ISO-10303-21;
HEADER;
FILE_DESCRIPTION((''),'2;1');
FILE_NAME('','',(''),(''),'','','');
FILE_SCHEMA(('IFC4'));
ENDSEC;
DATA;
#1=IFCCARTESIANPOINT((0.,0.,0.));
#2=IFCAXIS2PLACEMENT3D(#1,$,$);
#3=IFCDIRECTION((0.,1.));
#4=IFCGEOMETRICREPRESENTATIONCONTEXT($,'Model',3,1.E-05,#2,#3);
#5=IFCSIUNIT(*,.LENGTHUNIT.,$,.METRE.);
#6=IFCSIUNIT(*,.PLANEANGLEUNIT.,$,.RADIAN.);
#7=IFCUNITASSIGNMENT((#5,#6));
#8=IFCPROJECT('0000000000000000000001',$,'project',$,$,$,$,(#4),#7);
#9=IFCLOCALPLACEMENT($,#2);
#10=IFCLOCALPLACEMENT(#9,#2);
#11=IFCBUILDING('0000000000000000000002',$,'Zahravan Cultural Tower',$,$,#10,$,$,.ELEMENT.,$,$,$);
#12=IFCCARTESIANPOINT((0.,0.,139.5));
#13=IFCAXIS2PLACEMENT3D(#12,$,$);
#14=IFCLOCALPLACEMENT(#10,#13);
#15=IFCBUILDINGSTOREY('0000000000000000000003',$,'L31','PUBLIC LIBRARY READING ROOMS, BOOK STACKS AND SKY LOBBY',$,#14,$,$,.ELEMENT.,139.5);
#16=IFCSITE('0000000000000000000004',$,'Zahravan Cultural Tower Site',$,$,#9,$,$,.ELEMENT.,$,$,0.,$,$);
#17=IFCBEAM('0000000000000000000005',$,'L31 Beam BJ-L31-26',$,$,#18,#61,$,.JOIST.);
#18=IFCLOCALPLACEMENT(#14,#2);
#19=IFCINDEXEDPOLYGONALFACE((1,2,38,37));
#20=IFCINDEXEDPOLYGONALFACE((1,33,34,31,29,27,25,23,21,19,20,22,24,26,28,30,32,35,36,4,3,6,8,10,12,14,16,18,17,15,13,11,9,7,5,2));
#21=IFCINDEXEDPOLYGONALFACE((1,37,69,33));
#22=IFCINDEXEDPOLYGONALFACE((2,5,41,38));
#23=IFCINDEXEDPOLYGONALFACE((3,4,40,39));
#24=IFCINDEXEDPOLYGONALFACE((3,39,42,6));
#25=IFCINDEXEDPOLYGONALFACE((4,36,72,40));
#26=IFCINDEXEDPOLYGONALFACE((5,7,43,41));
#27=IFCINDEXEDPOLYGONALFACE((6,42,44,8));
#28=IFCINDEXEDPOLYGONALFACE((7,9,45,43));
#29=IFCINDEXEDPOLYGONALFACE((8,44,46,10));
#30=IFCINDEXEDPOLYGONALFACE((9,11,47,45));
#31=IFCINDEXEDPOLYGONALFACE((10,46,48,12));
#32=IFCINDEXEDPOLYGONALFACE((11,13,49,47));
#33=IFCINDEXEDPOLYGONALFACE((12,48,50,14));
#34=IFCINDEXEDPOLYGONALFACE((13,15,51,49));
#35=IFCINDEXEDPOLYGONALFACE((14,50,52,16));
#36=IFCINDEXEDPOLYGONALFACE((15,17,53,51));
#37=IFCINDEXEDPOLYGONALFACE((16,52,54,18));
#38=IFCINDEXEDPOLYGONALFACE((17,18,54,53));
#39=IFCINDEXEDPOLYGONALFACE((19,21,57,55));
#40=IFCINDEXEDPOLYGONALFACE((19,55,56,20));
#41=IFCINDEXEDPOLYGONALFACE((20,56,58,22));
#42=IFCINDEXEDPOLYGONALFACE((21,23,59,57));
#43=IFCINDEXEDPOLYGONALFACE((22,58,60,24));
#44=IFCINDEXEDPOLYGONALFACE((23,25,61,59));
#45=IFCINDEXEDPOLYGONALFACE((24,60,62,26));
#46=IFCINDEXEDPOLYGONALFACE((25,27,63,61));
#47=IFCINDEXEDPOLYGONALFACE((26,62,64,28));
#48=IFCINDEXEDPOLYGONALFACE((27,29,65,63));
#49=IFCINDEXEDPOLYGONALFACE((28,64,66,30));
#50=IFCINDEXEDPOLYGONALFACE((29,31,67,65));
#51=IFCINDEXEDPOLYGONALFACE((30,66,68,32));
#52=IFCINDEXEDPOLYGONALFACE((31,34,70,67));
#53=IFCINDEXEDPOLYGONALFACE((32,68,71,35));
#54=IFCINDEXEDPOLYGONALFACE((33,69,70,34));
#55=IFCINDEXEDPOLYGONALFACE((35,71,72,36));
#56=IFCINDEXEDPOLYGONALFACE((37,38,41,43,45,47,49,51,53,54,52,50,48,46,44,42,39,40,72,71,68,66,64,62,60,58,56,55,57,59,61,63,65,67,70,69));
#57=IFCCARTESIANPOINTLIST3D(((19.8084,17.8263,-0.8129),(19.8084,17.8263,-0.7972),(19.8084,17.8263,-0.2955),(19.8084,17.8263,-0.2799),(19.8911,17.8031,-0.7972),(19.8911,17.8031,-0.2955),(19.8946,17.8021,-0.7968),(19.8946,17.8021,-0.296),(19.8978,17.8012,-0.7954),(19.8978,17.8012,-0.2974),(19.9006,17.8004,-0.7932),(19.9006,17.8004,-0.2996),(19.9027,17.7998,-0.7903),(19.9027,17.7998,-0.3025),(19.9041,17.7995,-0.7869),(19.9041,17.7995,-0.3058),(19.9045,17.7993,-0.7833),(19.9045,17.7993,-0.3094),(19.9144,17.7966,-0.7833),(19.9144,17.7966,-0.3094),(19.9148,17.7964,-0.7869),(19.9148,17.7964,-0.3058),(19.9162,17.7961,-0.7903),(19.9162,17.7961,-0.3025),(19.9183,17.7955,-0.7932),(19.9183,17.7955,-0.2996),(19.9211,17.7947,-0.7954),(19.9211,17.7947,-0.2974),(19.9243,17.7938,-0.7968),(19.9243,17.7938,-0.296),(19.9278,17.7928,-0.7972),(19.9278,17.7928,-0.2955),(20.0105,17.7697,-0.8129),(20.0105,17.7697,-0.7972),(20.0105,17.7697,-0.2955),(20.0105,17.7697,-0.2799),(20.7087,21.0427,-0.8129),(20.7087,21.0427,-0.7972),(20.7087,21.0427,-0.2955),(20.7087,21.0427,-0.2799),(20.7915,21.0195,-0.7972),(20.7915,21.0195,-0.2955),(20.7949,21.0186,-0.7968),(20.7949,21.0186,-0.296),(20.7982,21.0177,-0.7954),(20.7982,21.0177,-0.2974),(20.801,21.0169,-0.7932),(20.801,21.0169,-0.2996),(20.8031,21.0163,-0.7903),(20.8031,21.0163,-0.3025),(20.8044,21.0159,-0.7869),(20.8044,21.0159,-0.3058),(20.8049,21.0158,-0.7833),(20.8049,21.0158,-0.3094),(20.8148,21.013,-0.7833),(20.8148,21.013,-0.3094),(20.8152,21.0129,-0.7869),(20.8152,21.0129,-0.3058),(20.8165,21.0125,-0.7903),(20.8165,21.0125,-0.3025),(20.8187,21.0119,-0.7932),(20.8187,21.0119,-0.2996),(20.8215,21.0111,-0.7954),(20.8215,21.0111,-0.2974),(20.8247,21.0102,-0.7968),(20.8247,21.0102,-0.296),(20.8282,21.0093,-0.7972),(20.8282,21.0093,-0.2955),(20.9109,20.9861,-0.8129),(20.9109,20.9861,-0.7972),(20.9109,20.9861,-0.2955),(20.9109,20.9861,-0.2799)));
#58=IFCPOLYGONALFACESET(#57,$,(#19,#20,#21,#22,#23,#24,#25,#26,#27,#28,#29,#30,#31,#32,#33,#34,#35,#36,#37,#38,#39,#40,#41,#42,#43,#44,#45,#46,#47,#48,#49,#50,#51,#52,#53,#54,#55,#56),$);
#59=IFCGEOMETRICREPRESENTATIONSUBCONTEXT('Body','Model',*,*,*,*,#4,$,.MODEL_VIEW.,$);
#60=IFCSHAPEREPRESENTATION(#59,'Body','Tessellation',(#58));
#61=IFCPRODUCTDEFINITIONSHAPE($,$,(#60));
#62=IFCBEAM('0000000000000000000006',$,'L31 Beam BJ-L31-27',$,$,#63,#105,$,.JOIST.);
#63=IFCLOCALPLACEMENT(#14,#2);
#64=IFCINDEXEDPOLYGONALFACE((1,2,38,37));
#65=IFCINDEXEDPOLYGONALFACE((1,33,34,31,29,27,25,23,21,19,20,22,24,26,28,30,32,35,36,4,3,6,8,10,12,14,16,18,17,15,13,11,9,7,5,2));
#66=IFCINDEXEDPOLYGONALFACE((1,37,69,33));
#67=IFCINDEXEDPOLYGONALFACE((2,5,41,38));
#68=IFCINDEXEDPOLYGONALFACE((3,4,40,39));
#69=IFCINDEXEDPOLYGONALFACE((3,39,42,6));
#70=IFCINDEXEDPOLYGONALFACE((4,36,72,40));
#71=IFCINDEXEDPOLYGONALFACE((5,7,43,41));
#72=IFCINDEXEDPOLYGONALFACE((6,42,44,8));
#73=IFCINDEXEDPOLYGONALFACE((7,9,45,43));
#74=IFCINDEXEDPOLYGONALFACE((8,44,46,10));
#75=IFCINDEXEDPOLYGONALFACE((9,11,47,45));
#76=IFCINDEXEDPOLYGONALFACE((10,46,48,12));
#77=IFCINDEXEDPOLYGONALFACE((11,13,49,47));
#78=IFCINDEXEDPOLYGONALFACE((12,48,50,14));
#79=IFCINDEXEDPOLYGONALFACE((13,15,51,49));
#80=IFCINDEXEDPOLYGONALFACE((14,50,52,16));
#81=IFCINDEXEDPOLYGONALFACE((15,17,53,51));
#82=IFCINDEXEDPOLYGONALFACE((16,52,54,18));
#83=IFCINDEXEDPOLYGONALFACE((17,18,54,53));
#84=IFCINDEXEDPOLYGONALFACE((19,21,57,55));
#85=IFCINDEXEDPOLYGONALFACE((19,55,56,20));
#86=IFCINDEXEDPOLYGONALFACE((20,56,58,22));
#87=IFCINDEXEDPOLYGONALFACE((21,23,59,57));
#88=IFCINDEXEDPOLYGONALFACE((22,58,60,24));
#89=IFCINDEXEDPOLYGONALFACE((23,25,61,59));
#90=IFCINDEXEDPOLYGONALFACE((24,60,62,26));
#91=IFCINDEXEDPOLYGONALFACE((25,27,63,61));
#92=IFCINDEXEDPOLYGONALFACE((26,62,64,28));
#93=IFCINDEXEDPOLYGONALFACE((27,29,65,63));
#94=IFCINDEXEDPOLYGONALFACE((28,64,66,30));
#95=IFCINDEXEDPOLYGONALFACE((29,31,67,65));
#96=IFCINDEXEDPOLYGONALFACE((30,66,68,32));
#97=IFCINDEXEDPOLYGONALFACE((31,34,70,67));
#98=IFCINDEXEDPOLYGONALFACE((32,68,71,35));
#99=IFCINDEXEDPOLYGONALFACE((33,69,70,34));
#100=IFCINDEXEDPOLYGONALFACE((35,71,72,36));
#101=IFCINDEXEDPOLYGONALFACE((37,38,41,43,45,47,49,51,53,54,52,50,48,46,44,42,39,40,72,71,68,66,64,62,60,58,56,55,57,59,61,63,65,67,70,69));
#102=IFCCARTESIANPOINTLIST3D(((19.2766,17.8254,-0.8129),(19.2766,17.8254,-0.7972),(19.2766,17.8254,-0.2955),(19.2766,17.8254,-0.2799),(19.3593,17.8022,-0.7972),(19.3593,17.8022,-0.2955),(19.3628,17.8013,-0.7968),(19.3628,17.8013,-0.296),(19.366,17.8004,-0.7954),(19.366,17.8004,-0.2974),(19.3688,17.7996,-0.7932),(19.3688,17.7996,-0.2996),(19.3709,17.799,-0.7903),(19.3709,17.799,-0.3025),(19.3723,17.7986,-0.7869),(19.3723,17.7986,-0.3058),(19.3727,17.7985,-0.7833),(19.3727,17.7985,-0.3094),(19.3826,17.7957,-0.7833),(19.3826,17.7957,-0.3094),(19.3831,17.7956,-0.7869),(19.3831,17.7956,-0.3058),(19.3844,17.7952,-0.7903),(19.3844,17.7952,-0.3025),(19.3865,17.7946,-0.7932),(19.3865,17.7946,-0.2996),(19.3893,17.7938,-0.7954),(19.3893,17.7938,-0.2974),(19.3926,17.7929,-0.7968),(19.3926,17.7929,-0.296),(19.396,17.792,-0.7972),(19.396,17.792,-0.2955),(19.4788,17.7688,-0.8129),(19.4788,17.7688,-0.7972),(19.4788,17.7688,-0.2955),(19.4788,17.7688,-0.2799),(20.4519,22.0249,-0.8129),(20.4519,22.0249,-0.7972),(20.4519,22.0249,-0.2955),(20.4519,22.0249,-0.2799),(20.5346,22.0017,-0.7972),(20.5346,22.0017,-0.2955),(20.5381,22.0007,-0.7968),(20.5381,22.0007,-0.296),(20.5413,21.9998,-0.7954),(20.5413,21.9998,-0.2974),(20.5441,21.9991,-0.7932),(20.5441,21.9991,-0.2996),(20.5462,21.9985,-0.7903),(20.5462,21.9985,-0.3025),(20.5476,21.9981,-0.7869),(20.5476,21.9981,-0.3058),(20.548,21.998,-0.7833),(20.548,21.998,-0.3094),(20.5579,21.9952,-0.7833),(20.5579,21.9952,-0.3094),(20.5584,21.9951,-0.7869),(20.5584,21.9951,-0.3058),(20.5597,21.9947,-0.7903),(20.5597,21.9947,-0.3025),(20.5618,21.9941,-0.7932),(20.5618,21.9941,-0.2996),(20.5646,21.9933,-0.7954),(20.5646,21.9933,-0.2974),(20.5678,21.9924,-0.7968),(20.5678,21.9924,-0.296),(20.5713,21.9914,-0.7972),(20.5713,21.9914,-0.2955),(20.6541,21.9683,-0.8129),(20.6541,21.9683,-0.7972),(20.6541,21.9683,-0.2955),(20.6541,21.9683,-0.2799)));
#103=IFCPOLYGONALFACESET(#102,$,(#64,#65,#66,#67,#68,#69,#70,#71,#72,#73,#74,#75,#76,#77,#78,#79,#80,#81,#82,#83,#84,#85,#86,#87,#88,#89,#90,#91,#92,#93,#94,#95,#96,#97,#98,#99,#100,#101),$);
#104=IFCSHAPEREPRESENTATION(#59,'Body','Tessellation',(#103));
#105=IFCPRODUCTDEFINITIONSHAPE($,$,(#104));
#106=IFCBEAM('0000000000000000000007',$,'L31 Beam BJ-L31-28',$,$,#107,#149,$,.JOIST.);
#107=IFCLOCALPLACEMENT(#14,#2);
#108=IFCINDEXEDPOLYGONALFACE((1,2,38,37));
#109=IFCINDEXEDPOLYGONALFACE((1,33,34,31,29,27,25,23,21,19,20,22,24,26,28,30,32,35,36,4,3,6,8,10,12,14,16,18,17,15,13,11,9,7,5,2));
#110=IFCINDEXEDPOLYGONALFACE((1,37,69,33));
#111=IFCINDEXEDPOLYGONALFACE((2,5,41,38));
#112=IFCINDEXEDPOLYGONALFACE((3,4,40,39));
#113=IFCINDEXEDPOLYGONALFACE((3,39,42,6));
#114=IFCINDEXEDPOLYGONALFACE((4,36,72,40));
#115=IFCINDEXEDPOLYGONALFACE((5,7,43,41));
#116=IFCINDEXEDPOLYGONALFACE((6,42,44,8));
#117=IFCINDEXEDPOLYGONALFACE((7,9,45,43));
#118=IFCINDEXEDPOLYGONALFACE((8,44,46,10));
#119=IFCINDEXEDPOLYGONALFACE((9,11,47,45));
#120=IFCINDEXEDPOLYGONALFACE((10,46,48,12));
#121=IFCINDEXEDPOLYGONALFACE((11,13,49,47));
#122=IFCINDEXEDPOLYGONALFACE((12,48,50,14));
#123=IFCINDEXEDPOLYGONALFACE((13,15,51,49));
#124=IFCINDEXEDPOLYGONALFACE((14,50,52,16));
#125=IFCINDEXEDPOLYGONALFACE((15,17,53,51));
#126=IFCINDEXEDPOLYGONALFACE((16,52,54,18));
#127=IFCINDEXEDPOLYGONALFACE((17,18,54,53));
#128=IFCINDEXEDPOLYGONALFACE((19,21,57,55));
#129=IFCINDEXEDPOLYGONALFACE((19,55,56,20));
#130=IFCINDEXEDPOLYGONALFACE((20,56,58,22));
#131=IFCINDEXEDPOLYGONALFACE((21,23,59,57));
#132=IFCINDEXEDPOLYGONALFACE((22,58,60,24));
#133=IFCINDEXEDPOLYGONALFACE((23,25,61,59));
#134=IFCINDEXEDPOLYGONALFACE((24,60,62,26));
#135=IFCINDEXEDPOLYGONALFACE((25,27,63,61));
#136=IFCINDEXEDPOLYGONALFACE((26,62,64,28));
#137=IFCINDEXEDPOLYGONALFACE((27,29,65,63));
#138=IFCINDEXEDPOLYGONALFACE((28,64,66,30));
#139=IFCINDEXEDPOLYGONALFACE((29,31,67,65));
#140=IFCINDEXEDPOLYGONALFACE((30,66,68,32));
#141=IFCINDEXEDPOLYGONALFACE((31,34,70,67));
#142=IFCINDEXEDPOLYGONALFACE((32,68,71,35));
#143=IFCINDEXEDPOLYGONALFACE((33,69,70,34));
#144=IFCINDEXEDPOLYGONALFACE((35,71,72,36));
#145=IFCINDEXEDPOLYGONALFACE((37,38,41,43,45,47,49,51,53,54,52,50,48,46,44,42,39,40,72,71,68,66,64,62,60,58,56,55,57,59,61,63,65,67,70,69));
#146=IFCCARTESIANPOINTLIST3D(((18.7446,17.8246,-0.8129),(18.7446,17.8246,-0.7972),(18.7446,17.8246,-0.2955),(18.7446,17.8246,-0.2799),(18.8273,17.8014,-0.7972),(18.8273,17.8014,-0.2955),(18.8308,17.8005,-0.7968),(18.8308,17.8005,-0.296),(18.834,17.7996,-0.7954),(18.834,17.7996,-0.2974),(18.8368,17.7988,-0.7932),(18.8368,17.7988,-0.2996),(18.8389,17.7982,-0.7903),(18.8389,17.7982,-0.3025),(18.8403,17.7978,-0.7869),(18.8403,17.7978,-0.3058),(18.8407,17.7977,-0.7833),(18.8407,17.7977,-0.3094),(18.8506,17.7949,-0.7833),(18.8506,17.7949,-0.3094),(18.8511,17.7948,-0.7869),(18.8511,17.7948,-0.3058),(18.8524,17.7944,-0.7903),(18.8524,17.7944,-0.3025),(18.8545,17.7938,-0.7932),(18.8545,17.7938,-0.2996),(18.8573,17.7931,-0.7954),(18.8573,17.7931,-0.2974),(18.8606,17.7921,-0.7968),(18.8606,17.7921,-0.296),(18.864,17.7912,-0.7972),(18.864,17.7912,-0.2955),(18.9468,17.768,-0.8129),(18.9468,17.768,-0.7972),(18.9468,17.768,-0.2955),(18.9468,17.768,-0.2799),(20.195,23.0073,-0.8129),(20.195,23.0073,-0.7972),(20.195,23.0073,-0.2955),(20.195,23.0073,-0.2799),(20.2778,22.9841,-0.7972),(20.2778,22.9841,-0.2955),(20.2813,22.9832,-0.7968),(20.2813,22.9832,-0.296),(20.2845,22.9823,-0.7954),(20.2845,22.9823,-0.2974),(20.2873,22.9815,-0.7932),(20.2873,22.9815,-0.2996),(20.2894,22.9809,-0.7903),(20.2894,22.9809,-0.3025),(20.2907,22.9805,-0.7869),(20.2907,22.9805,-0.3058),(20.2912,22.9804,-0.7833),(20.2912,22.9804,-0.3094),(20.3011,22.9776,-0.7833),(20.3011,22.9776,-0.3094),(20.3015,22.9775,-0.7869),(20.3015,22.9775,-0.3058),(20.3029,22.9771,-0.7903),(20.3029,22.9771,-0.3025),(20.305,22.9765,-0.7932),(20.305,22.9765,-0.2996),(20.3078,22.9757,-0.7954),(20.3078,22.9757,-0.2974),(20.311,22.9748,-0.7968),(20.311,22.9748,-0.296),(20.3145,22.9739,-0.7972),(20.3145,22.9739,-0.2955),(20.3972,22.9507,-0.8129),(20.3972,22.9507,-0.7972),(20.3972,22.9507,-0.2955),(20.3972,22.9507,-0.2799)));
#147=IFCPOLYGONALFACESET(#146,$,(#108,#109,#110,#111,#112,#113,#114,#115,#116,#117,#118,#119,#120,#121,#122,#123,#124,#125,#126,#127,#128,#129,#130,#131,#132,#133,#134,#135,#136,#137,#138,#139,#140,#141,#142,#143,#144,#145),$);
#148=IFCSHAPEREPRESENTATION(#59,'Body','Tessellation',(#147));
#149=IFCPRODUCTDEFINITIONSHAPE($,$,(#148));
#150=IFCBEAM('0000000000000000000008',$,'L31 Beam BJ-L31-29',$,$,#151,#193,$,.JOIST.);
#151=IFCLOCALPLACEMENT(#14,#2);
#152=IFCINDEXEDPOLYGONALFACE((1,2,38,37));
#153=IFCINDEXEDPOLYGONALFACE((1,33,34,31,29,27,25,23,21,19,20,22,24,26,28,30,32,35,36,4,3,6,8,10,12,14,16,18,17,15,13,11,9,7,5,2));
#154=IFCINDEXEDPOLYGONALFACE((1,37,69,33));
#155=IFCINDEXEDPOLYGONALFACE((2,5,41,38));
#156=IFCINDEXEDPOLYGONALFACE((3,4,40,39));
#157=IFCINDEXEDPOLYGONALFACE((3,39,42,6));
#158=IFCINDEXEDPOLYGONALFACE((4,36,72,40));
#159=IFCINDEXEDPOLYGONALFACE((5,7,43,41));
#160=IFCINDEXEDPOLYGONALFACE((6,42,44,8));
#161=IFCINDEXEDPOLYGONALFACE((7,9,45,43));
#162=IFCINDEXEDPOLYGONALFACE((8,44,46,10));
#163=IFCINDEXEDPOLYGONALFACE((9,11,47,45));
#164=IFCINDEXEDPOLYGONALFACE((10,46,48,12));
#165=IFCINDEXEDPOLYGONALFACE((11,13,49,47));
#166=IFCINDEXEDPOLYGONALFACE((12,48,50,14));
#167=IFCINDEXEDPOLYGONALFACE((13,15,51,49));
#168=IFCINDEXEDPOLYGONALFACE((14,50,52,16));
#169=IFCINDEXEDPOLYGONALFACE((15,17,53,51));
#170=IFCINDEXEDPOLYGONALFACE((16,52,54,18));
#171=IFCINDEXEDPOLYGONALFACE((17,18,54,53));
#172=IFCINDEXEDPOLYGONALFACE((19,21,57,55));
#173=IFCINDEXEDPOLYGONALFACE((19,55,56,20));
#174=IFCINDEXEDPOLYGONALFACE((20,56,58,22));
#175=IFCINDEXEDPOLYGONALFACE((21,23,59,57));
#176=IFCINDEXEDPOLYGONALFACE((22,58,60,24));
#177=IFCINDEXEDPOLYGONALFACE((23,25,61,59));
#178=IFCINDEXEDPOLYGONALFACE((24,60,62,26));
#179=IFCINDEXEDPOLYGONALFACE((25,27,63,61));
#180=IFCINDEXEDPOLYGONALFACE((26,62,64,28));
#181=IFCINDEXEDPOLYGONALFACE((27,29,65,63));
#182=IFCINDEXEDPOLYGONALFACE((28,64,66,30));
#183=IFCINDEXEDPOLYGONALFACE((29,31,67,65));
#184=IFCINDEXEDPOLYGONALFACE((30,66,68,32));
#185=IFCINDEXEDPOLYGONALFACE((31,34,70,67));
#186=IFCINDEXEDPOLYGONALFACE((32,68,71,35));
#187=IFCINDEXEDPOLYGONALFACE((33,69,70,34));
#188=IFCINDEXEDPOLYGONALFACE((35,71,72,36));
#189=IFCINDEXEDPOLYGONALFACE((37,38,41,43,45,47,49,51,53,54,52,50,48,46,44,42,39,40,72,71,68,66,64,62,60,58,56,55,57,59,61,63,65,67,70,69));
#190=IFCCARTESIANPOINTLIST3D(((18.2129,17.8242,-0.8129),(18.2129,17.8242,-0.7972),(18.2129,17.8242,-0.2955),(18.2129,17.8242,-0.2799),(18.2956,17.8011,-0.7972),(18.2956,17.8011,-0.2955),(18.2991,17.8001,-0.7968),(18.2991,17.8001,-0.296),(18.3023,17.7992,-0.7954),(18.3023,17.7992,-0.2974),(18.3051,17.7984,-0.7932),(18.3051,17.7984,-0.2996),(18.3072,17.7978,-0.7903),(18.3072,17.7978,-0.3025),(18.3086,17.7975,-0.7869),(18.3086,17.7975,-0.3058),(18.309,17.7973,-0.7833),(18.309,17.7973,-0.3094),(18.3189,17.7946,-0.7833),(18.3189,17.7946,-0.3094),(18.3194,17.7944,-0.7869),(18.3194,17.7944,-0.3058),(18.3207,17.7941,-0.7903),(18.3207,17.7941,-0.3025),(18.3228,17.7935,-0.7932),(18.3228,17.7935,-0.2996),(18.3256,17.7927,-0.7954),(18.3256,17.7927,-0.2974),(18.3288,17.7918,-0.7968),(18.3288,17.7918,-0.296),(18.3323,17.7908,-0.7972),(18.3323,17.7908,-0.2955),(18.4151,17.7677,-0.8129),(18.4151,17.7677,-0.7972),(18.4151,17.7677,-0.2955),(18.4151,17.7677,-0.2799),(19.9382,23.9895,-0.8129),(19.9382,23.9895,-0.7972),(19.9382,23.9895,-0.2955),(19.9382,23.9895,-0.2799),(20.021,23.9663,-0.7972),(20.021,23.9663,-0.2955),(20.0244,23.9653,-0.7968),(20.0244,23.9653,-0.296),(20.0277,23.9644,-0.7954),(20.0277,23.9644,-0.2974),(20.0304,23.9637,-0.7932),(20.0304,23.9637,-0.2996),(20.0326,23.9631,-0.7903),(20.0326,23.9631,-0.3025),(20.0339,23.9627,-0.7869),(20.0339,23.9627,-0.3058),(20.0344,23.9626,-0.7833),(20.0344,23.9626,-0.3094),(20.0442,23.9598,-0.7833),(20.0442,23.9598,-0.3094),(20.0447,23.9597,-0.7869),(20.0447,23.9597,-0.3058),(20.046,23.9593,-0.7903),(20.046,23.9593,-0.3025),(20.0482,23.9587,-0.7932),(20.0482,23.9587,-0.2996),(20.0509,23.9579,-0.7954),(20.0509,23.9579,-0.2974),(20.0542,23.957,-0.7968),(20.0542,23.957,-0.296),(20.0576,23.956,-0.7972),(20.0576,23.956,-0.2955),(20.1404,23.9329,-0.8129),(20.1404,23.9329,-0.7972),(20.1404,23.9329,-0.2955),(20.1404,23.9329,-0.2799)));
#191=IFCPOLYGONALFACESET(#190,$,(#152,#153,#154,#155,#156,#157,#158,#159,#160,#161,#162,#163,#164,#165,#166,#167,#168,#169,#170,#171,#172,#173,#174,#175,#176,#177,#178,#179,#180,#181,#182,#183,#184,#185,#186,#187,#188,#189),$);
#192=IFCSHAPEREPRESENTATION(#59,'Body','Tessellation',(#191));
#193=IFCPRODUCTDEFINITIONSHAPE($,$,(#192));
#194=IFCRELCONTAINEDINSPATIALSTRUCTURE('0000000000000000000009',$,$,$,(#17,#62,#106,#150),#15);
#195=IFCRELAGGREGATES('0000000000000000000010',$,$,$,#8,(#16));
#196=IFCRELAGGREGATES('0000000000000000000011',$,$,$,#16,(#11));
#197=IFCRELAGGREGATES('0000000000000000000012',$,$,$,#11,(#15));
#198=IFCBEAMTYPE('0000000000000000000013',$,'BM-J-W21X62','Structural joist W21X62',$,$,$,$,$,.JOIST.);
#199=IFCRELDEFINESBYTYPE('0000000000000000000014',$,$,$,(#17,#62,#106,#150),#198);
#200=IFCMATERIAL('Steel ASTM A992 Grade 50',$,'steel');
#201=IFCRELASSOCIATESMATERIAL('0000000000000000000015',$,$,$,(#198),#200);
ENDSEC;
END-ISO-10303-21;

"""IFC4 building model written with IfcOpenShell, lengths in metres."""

from ifc_helpers import new_model, si_unit, direction, frame, origin, origin_2d, place, context, subcontext, project, spatial, i_section, extrude, source, transform, mapped, material, material_profile, profile_set, type_object, element, save


model = new_model("IFC4")

# Units and contexts
model_context = context("Model", 3, precision=1e-05, world=origin(), true_north=direction((0.0, 1.0)))
body_context = subcontext(model_context, "Body", "Model", "MODEL_VIEW")
ifc_project = project(units=[si_unit("LENGTHUNIT", "METRE"), si_unit("PLANEANGLEUNIT", "RADIAN")], contexts=[model_context])

# Site, building, storey
site_placement = place(None, origin())
site = spatial("IfcSite", under=ifc_project, at=site_placement, Name="Zahravan Cultural Tower Site", CompositionType="ELEMENT", RefElevation=0.0)
building_placement = place(site_placement, origin())
building = spatial("IfcBuilding", under=site, at=building_placement, Name="Zahravan Cultural Tower", CompositionType="ELEMENT")
storey_placement = place(building_placement, frame((0.0, 0.0, 139.5)))
storey = spatial("IfcBuildingStorey", under=building, at=storey_placement, Name="L31", Description="PUBLIC LIBRARY READING ROOMS, BOOK STACKS AND SKY LOBBY", CompositionType="ELEMENT", Elevation=139.5)

# Shared definitions
ifc_material_1 = material(Name="Steel ASTM A992 Grade 50", Category="steel")

# Beams
ifc_material_profile_1 = material_profile(ifc_material_1, i_section(OverallWidth=0.21, OverallDepth=0.533, WebThickness=0.0103, FlangeThickness=0.0156, FilletRadius=0.0139, at=origin_2d()), Name="W21X62")
ifc_profile_set_1 = profile_set([ifc_material_profile_1], Name="Steel ASTM A992 Grade 50")
beam_type = type_object("IfcBeamType", Name="BM-J-W21X62", Description="Structural joist W21X62", PredefinedType="JOIST", material=ifc_profile_set_1)
shared_shape_1 = source(origin(), body_context, "Body", "SweptSolid", [
    extrude(i_section(OverallWidth=0.21, OverallDepth=0.533, WebThickness=0.0103, FlangeThickness=0.0156, FilletRadius=0.0139, at=origin_2d()), origin(), (0.0, 0.0, 1.0), 3.3401),
])
beam_1_placement = place(storey_placement, frame((20.8098, 21.0144, -0.5464), z_axis=(-0.269562, -0.962983, 0.0), x_axis=(0.962983, -0.269562, 0.0)))
element("IfcBeam", 1, at=beam_1_placement, inside=storey, type_object=beam_type, Name="L31 Beam BJ-L31-26", PredefinedType="JOIST", context=body_context, shape_type="MappedRepresentation", body=[
    mapped(shared_shape_1, transform((0.0, 0.0, 0.0), x_axis=(1.0, 0.0, 0.0), y_axis=(0.0, 1.0, 0.0), z_axis=(0.0, 0.0, 1.0), scale=1.0)),
])
shared_shape_2 = source(origin(), body_context, "Body", "SweptSolid", [
    extrude(i_section(OverallWidth=0.21, OverallDepth=0.533, WebThickness=0.0103, FlangeThickness=0.0156, FilletRadius=0.0139, at=origin_2d()), origin(), (0.0, 0.0, 1.0), 4.3608),
])
beam_2_placement = place(storey_placement, frame((20.553, 21.9966, -0.5464), z_axis=(-0.269512, -0.962997, 0.0), x_axis=(0.962997, -0.269512, 0.0)))
element("IfcBeam", 2, at=beam_2_placement, inside=storey, type_object=beam_type, Name="L31 Beam BJ-L31-27", PredefinedType="JOIST", context=body_context, shape_type="MappedRepresentation", body=[
    mapped(shared_shape_2, transform((0.0, 0.0, 0.0), x_axis=(1.0, 0.0, 0.0), y_axis=(0.0, 1.0, 0.0), z_axis=(0.0, 0.0, 1.0), scale=1.0)),
])
shared_shape_3 = source(origin(), body_context, "Body", "SweptSolid", [
    extrude(i_section(OverallWidth=0.21, OverallDepth=0.533, WebThickness=0.0103, FlangeThickness=0.0156, FilletRadius=0.0139, at=origin_2d()), origin(), (0.0, 0.0, 1.0), 5.3818),
])
beam_3_placement = place(storey_placement, frame((20.2961, 22.979, -0.5464), z_axis=(-0.26951, -0.962997, 0.0), x_axis=(0.962997, -0.26951, 0.0)))
element("IfcBeam", 3, at=beam_3_placement, inside=storey, type_object=beam_type, Name="L31 Beam BJ-L31-28", PredefinedType="JOIST", context=body_context, shape_type="MappedRepresentation", body=[
    mapped(shared_shape_3, transform((0.0, 0.0, 0.0), x_axis=(1.0, 0.0, 0.0), y_axis=(0.0, 1.0, 0.0), z_axis=(0.0, 0.0, 1.0), scale=1.0)),
])
shared_shape_4 = source(origin(), body_context, "Body", "SweptSolid", [
    extrude(i_section(OverallWidth=0.21, OverallDepth=0.533, WebThickness=0.0103, FlangeThickness=0.0156, FilletRadius=0.0139, at=origin_2d()), origin(), (0.0, 0.0, 1.0), 6.4021),
])
beam_4_placement = place(storey_placement, frame((20.0393, 23.9612, -0.5464), z_axis=(-0.269494, -0.963002, 0.0), x_axis=(0.963002, -0.269494, 0.0)))
element("IfcBeam", 4, at=beam_4_placement, inside=storey, type_object=beam_type, Name="L31 Beam BJ-L31-29", PredefinedType="JOIST", context=body_context, shape_type="MappedRepresentation", body=[
    mapped(shared_shape_4, transform((0.0, 0.0, 0.0), x_axis=(1.0, 0.0, 0.0), y_axis=(0.0, 1.0, 0.0), z_axis=(0.0, 0.0, 1.0), scale=1.0)),
])

save(model, "model.ifc")
